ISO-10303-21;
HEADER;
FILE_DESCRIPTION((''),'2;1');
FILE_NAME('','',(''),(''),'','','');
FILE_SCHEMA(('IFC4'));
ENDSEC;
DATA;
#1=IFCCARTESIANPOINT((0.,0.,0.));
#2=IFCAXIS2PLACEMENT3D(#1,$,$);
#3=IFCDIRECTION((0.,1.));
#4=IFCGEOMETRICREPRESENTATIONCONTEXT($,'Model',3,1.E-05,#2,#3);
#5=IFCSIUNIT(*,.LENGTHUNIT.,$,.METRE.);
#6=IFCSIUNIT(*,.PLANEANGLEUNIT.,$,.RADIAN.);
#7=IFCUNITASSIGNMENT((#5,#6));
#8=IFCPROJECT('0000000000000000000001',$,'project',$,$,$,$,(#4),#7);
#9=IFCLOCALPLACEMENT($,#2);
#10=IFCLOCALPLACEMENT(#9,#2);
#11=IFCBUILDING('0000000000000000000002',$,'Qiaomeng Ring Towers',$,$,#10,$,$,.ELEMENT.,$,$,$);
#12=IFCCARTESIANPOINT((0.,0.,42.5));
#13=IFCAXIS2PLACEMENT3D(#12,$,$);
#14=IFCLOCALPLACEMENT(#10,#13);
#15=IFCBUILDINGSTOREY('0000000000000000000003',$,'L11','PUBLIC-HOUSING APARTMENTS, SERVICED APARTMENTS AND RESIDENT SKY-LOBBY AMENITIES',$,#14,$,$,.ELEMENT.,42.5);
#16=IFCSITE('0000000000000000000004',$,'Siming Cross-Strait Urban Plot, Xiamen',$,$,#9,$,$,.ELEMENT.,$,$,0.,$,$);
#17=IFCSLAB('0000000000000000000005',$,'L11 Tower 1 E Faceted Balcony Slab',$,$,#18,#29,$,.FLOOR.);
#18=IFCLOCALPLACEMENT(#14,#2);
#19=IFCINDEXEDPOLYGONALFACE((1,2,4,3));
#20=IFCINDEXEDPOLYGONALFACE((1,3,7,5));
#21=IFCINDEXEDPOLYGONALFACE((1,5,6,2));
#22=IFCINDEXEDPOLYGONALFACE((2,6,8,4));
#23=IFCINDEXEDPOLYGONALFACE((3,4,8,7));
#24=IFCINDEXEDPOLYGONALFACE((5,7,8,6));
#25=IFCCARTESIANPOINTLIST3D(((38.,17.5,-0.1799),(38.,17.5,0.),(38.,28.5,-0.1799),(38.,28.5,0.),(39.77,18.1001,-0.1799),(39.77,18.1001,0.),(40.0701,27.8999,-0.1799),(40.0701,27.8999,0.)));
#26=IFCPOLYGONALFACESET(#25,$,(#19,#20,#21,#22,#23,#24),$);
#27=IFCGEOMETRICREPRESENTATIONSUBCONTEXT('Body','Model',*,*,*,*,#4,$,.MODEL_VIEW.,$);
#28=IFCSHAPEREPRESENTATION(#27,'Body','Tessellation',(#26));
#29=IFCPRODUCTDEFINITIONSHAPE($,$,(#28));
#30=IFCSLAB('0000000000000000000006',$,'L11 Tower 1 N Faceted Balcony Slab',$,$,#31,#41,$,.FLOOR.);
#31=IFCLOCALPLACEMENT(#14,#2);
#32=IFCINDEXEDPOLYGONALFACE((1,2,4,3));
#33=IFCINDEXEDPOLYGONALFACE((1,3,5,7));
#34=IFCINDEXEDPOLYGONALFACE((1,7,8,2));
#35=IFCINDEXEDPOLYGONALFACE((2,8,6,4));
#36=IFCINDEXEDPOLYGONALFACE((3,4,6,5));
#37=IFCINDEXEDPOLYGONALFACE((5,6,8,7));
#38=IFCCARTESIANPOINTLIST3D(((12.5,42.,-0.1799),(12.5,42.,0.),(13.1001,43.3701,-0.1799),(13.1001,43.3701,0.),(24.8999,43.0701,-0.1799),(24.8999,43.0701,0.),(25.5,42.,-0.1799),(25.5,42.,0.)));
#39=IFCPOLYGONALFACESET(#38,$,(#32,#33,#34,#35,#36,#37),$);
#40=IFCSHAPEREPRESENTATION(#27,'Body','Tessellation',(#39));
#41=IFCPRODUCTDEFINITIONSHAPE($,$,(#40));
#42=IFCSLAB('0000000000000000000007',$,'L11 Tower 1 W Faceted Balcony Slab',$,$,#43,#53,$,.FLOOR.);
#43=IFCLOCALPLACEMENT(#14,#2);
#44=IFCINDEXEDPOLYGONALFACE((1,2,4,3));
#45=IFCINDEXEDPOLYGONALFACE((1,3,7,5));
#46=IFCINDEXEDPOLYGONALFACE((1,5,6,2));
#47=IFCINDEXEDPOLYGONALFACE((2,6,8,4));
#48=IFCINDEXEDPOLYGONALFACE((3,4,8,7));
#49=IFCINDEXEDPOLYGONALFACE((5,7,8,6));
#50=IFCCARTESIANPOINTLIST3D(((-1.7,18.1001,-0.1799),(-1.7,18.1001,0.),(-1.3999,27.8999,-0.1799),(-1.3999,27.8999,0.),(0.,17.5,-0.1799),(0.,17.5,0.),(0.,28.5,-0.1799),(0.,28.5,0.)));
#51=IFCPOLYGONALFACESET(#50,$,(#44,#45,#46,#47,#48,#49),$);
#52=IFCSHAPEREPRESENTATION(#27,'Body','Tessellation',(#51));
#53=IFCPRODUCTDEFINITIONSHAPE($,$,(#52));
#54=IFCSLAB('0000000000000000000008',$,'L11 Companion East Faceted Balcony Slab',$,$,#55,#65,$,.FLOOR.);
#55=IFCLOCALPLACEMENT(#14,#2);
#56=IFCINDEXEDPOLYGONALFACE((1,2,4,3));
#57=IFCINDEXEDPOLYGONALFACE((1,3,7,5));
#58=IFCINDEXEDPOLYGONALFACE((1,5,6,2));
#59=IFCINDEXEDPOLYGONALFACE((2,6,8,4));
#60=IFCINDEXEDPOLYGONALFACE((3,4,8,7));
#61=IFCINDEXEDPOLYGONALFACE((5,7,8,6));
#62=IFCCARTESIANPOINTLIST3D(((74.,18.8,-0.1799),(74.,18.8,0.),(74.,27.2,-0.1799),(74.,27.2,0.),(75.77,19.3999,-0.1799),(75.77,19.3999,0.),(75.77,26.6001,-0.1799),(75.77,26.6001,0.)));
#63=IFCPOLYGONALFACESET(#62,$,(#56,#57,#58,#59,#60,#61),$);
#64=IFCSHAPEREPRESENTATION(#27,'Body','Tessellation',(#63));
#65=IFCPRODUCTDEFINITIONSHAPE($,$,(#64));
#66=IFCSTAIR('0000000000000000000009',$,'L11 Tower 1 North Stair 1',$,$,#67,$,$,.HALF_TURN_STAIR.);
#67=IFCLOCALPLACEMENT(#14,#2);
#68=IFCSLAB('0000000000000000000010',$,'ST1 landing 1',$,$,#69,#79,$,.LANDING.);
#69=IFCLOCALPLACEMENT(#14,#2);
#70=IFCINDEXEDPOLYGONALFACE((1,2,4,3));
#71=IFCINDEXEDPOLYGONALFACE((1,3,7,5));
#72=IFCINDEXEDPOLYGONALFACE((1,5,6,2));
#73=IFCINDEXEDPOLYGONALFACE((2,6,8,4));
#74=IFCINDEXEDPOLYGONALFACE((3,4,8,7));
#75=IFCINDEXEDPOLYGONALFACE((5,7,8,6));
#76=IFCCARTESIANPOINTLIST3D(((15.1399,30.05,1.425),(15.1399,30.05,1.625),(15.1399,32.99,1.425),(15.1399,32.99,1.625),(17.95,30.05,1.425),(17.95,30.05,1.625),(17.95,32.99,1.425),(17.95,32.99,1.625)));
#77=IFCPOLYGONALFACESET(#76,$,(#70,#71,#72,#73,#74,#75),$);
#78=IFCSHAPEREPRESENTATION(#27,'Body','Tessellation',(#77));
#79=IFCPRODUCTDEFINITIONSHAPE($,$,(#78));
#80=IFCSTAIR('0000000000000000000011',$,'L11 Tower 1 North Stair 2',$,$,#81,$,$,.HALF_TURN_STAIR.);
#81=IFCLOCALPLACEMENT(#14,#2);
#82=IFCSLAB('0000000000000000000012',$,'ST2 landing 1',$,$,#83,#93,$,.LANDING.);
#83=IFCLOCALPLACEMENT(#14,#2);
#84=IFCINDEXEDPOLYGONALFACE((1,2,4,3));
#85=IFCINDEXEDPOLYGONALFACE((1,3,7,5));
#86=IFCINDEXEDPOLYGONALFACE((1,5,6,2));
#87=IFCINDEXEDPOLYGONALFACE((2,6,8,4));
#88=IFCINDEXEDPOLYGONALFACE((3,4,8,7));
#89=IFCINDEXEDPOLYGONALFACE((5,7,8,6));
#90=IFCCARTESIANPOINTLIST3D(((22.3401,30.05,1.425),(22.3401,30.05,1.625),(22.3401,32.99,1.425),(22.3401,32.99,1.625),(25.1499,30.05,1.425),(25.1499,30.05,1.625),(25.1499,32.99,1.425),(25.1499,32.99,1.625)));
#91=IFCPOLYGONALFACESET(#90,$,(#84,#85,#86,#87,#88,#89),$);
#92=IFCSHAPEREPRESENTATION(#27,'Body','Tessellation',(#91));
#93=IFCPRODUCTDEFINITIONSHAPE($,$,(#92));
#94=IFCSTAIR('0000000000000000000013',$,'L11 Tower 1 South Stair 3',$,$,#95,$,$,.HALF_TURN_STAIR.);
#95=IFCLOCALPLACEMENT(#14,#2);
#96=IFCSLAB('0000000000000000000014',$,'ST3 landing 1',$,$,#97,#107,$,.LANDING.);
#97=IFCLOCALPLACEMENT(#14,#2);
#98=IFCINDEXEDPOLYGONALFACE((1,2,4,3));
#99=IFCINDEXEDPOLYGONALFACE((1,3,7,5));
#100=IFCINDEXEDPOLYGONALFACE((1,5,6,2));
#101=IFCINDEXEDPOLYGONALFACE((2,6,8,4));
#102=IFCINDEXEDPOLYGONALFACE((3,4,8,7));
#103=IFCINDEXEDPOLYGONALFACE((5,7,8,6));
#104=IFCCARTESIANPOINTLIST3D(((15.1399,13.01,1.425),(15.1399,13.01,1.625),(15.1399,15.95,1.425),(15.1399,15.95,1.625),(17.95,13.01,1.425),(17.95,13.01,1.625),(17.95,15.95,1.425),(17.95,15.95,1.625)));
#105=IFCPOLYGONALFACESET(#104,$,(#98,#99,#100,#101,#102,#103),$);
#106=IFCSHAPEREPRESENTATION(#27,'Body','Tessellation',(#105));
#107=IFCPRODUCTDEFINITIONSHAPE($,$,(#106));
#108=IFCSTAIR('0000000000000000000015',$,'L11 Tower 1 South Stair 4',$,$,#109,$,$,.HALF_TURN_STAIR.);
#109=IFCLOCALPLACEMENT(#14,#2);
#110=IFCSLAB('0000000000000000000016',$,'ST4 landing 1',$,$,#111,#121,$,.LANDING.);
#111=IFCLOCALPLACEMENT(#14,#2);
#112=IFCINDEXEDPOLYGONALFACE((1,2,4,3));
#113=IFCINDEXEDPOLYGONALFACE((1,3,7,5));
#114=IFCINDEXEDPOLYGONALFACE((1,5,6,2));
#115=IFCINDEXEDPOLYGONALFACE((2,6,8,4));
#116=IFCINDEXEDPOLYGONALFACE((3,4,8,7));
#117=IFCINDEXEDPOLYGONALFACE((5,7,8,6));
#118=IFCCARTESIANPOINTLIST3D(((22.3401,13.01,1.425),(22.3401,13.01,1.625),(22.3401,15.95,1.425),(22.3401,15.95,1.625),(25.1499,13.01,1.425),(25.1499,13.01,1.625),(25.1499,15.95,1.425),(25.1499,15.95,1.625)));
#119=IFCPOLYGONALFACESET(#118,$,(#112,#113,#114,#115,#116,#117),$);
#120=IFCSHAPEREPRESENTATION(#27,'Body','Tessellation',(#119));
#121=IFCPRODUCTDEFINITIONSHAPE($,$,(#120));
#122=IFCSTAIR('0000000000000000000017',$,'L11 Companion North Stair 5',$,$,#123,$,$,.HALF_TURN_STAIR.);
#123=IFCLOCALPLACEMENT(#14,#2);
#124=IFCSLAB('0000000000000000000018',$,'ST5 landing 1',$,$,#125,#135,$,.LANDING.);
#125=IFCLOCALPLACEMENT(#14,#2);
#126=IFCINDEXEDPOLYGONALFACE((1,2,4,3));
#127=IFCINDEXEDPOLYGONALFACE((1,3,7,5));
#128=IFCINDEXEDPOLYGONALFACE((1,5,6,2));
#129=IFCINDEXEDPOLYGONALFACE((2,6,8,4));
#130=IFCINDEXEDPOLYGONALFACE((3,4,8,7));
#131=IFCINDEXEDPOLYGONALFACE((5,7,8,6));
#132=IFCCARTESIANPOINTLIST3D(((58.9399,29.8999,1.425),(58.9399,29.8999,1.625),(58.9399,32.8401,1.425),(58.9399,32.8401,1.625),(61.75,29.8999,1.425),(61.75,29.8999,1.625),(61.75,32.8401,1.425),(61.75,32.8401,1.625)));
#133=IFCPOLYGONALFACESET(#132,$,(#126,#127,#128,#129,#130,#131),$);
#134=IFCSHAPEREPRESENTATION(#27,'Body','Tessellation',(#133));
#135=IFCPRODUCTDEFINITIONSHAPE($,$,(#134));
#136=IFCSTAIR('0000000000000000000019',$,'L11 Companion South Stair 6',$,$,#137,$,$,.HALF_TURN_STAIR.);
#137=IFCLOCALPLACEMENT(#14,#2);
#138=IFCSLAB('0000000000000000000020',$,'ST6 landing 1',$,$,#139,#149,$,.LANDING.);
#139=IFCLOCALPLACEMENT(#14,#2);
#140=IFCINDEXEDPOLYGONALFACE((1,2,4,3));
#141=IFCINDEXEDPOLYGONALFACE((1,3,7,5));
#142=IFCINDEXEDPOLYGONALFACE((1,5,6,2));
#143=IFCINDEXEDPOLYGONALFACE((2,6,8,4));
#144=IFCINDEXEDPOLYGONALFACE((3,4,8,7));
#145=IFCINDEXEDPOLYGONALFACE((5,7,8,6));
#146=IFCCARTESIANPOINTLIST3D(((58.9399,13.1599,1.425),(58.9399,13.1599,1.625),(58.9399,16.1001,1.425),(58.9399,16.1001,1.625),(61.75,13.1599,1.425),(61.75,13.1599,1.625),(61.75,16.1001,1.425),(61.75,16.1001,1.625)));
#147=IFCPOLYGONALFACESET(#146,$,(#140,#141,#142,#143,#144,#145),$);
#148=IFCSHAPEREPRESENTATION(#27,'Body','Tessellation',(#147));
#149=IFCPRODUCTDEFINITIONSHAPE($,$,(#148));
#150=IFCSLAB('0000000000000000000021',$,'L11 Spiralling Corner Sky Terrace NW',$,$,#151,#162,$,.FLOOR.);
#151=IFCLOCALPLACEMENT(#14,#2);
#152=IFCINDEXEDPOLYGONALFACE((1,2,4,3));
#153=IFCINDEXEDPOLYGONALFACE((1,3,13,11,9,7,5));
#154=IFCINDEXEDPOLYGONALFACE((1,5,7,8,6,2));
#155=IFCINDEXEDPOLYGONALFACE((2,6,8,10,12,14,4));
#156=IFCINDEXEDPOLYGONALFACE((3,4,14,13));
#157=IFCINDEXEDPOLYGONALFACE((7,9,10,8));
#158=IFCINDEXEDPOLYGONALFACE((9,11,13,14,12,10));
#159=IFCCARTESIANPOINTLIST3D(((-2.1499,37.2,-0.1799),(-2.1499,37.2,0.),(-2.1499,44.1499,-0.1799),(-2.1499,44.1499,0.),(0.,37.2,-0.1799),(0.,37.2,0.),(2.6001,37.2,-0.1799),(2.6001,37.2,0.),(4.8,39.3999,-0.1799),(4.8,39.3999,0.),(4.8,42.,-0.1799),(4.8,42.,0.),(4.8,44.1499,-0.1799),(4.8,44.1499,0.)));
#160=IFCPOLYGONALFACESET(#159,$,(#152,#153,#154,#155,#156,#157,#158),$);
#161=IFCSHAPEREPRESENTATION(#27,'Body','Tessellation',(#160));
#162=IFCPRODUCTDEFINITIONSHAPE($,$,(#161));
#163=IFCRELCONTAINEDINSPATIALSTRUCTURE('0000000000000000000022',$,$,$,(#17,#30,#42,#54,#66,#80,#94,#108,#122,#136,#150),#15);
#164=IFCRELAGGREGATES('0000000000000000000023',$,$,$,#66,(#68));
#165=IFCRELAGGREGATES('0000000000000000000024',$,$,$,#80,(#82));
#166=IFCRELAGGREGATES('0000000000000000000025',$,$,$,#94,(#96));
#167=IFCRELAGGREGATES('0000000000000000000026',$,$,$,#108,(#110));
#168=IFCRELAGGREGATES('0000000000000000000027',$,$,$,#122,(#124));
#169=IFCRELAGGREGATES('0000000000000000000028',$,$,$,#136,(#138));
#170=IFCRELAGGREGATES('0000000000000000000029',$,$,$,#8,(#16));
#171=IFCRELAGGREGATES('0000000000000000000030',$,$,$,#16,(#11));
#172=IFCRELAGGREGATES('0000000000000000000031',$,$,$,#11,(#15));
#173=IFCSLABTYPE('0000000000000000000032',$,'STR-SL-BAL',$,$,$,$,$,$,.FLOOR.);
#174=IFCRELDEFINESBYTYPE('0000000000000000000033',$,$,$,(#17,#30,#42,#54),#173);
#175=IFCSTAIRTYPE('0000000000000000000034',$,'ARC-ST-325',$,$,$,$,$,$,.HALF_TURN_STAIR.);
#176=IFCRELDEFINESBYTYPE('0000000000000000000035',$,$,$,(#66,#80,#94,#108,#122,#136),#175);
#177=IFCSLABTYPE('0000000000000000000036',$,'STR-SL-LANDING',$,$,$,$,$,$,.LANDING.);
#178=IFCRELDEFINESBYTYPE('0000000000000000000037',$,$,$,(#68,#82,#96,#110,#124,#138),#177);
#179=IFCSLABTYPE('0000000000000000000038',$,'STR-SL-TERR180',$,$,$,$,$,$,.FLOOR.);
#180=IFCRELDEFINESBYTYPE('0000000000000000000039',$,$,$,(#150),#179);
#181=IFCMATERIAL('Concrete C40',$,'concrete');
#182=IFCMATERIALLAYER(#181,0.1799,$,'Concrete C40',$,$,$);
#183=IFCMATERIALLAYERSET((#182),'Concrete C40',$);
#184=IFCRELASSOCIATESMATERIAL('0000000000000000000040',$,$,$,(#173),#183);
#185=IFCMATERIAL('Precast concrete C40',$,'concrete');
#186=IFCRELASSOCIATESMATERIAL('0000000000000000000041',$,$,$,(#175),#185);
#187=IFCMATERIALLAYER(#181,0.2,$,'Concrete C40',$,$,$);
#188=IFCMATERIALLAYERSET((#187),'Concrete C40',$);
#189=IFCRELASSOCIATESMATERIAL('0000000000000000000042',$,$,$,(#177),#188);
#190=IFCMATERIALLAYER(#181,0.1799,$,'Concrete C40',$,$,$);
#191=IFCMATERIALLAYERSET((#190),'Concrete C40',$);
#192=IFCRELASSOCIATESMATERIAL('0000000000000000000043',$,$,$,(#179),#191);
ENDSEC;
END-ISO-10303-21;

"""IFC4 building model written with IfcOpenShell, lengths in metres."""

from ifc_helpers import new_model, si_unit, direction, frame, origin, place, context, subcontext, project, spatial, polyline, outline, extrude, material, layer, layer_set, type_object, element, aggregate, save


model = new_model("IFC4")

# Units and contexts
model_context = context("Model", 3, precision=1e-05, world=origin(), true_north=direction((0.0, 1.0)))
body_context = subcontext(model_context, "Body", "Model", "MODEL_VIEW")
ifc_project = project(units=[si_unit("LENGTHUNIT", "METRE"), si_unit("PLANEANGLEUNIT", "RADIAN")], contexts=[model_context])

# Site, building, storey
site_placement = place(None, origin())
site = spatial("IfcSite", under=ifc_project, at=site_placement, Name="Siming Cross-Strait Urban Plot, Xiamen", CompositionType="ELEMENT", RefElevation=0.0)
building_placement = place(site_placement, origin())
building = spatial("IfcBuilding", under=site, at=building_placement, Name="Qiaomeng Ring Towers", CompositionType="ELEMENT")
storey_placement = place(building_placement, frame((0.0, 0.0, 42.5)))
storey = spatial("IfcBuildingStorey", under=building, at=storey_placement, Name="L11", Description="PUBLIC-HOUSING APARTMENTS, SERVICED APARTMENTS AND RESIDENT SKY-LOBBY AMENITIES", CompositionType="ELEMENT", Elevation=42.5)

# Slabs
ifc_material_1 = material(Name="Concrete C40", Category="concrete")
ifc_layer_1 = layer(ifc_material_1, 0.1799, Name="Concrete C40")
ifc_layer_set_1 = layer_set([ifc_layer_1], Name="Concrete C40")
slab_type_1 = type_object("IfcSlabType", Name="STR-SL-BAL", PredefinedType="FLOOR", material=ifc_layer_set_1)
slab_1_placement = place(storey_placement, frame((0.0, 0.0, -0.1799)))
element("IfcSlab", 1, at=slab_1_placement, inside=storey, type_object=slab_type_1, Name="L11 Tower 1 E Faceted Balcony Slab", PredefinedType="FLOOR", context=body_context, shape_type="SweptSolid", body=[
    extrude(outline(polyline([(40.0701, 27.8999), (39.77, 18.1001), (38.0, 17.5), (38.0, 28.5), (40.0701, 27.8999)])), origin(), (0.0, 0.0, 1.0), 0.1799),
])
slab_2_placement = place(storey_placement, frame((0.0, 0.0, -0.1799)))
element("IfcSlab", 2, at=slab_2_placement, inside=storey, type_object=slab_type_1, Name="L11 Tower 1 N Faceted Balcony Slab", PredefinedType="FLOOR", context=body_context, shape_type="SweptSolid", body=[
    extrude(outline(polyline([(12.5, 42.0), (13.1001, 43.3701), (24.8999, 43.0701), (25.5, 42.0), (12.5, 42.0)])), origin(), (0.0, 0.0, 1.0), 0.1799),
])
slab_3_placement = place(storey_placement, frame((0.0, 0.0, -0.1799)))
element("IfcSlab", 3, at=slab_3_placement, inside=storey, type_object=slab_type_1, Name="L11 Tower 1 W Faceted Balcony Slab", PredefinedType="FLOOR", context=body_context, shape_type="SweptSolid", body=[
    extrude(outline(polyline([(0.0, 17.5), (-1.7, 18.1001), (-1.3999, 27.8999), (0.0, 28.5), (0.0, 17.5)])), origin(), (0.0, 0.0, 1.0), 0.1799),
])
slab_4_placement = place(storey_placement, frame((0.0, 0.0, -0.1799)))
element("IfcSlab", 4, at=slab_4_placement, inside=storey, type_object=slab_type_1, Name="L11 Companion East Faceted Balcony Slab", PredefinedType="FLOOR", context=body_context, shape_type="SweptSolid", body=[
    extrude(outline(polyline([(75.77, 26.6001), (75.77, 19.3999), (74.0, 18.8), (74.0, 27.2), (75.77, 26.6001)])), origin(), (0.0, 0.0, 1.0), 0.1799),
])

# Stairs, slabs
ifc_material_2 = material(Name="Precast concrete C40", Category="concrete")
stair_type = type_object("IfcStairType", Name="ARC-ST-325", PredefinedType="HALF_TURN_STAIR", material=ifc_material_2)
stair_1_placement = place(storey_placement, origin())
stair_1 = element("IfcStair", 5, at=stair_1_placement, inside=storey, type_object=stair_type, Name="L11 Tower 1 North Stair 1", PredefinedType="HALF_TURN_STAIR")
ifc_layer_2 = layer(ifc_material_1, 0.2, Name="Concrete C40")
ifc_layer_set_2 = layer_set([ifc_layer_2], Name="Concrete C40")
slab_type_2 = type_object("IfcSlabType", Name="STR-SL-LANDING", PredefinedType="LANDING", material=ifc_layer_set_2)
slab_5_placement = place(storey_placement, frame((0.0, 0.0, 1.425)))
slab_5 = element("IfcSlab", 6, at=slab_5_placement, type_object=slab_type_2, Name="ST1 landing 1", PredefinedType="LANDING", context=body_context, shape_type="SweptSolid", body=[
    extrude(outline(polyline([(15.1399, 30.05), (17.95, 30.05), (17.95, 32.99), (15.1399, 32.99), (15.1399, 30.05)])), origin(), (0.0, 0.0, 1.0), 0.2),
])
aggregate(stair_1, [slab_5])
stair_2_placement = place(storey_placement, origin())
stair_2 = element("IfcStair", 7, at=stair_2_placement, inside=storey, type_object=stair_type, Name="L11 Tower 1 North Stair 2", PredefinedType="HALF_TURN_STAIR")
slab_6_placement = place(storey_placement, frame((0.0, 0.0, 1.425)))
slab_6 = element("IfcSlab", 8, at=slab_6_placement, type_object=slab_type_2, Name="ST2 landing 1", PredefinedType="LANDING", context=body_context, shape_type="SweptSolid", body=[
    extrude(outline(polyline([(22.3401, 30.05), (25.1499, 30.05), (25.1499, 32.99), (22.3401, 32.99), (22.3401, 30.05)])), origin(), (0.0, 0.0, 1.0), 0.2),
])
aggregate(stair_2, [slab_6])
stair_3_placement = place(storey_placement, origin())
stair_3 = element("IfcStair", 9, at=stair_3_placement, inside=storey, type_object=stair_type, Name="L11 Tower 1 South Stair 3", PredefinedType="HALF_TURN_STAIR")
slab_7_placement = place(storey_placement, frame((0.0, 0.0, 1.425)))
slab_7 = element("IfcSlab", 10, at=slab_7_placement, type_object=slab_type_2, Name="ST3 landing 1", PredefinedType="LANDING", context=body_context, shape_type="SweptSolid", body=[
    extrude(outline(polyline([(15.1399, 13.01), (17.95, 13.01), (17.95, 15.95), (15.1399, 15.95), (15.1399, 13.01)])), origin(), (0.0, 0.0, 1.0), 0.2),
])
aggregate(stair_3, [slab_7])
stair_4_placement = place(storey_placement, origin())
stair_4 = element("IfcStair", 11, at=stair_4_placement, inside=storey, type_object=stair_type, Name="L11 Tower 1 South Stair 4", PredefinedType="HALF_TURN_STAIR")
slab_8_placement = place(storey_placement, frame((0.0, 0.0, 1.425)))
slab_8 = element("IfcSlab", 12, at=slab_8_placement, type_object=slab_type_2, Name="ST4 landing 1", PredefinedType="LANDING", context=body_context, shape_type="SweptSolid", body=[
    extrude(outline(polyline([(22.3401, 13.01), (25.1499, 13.01), (25.1499, 15.95), (22.3401, 15.95), (22.3401, 13.01)])), origin(), (0.0, 0.0, 1.0), 0.2),
])
aggregate(stair_4, [slab_8])
stair_5_placement = place(storey_placement, origin())
stair_5 = element("IfcStair", 13, at=stair_5_placement, inside=storey, type_object=stair_type, Name="L11 Companion North Stair 5", PredefinedType="HALF_TURN_STAIR")
slab_9_placement = place(storey_placement, frame((0.0, 0.0, 1.425)))
slab_9 = element("IfcSlab", 14, at=slab_9_placement, type_object=slab_type_2, Name="ST5 landing 1", PredefinedType="LANDING", context=body_context, shape_type="SweptSolid", body=[
    extrude(outline(polyline([(58.9399, 29.8999), (61.75, 29.8999), (61.75, 32.8401), (58.9399, 32.8401), (58.9399, 29.8999)])), origin(), (0.0, 0.0, 1.0), 0.2),
])
aggregate(stair_5, [slab_9])
stair_6_placement = place(storey_placement, origin())
stair_6 = element("IfcStair", 15, at=stair_6_placement, inside=storey, type_object=stair_type, Name="L11 Companion South Stair 6", PredefinedType="HALF_TURN_STAIR")
slab_10_placement = place(storey_placement, frame((0.0, 0.0, 1.425)))
slab_10 = element("IfcSlab", 16, at=slab_10_placement, type_object=slab_type_2, Name="ST6 landing 1", PredefinedType="LANDING", context=body_context, shape_type="SweptSolid", body=[
    extrude(outline(polyline([(58.9399, 13.1599), (61.75, 13.1599), (61.75, 16.1001), (58.9399, 16.1001), (58.9399, 13.1599)])), origin(), (0.0, 0.0, 1.0), 0.2),
])
aggregate(stair_6, [slab_10])

# Slab
ifc_layer_3 = layer(ifc_material_1, 0.1799, Name="Concrete C40")
ifc_layer_set_3 = layer_set([ifc_layer_3], Name="Concrete C40")
slab_type_3 = type_object("IfcSlabType", Name="STR-SL-TERR180", PredefinedType="FLOOR", material=ifc_layer_set_3)
slab_11_placement = place(storey_placement, frame((0.0, 0.0, -0.1799)))
element("IfcSlab", 17, at=slab_11_placement, inside=storey, type_object=slab_type_3, Name="L11 Spiralling Corner Sky Terrace NW", PredefinedType="FLOOR", context=body_context, shape_type="SweptSolid", body=[
    extrude(outline(polyline([(4.8, 39.3999), (2.6001, 37.2), (0.0, 37.2), (-2.1499, 37.2), (-2.1499, 44.1499), (4.8, 44.1499), (4.8, 42.0), (4.8, 39.3999)])), origin(), (0.0, 0.0, 1.0), 0.1799),
])

save(model, "model.ifc")
